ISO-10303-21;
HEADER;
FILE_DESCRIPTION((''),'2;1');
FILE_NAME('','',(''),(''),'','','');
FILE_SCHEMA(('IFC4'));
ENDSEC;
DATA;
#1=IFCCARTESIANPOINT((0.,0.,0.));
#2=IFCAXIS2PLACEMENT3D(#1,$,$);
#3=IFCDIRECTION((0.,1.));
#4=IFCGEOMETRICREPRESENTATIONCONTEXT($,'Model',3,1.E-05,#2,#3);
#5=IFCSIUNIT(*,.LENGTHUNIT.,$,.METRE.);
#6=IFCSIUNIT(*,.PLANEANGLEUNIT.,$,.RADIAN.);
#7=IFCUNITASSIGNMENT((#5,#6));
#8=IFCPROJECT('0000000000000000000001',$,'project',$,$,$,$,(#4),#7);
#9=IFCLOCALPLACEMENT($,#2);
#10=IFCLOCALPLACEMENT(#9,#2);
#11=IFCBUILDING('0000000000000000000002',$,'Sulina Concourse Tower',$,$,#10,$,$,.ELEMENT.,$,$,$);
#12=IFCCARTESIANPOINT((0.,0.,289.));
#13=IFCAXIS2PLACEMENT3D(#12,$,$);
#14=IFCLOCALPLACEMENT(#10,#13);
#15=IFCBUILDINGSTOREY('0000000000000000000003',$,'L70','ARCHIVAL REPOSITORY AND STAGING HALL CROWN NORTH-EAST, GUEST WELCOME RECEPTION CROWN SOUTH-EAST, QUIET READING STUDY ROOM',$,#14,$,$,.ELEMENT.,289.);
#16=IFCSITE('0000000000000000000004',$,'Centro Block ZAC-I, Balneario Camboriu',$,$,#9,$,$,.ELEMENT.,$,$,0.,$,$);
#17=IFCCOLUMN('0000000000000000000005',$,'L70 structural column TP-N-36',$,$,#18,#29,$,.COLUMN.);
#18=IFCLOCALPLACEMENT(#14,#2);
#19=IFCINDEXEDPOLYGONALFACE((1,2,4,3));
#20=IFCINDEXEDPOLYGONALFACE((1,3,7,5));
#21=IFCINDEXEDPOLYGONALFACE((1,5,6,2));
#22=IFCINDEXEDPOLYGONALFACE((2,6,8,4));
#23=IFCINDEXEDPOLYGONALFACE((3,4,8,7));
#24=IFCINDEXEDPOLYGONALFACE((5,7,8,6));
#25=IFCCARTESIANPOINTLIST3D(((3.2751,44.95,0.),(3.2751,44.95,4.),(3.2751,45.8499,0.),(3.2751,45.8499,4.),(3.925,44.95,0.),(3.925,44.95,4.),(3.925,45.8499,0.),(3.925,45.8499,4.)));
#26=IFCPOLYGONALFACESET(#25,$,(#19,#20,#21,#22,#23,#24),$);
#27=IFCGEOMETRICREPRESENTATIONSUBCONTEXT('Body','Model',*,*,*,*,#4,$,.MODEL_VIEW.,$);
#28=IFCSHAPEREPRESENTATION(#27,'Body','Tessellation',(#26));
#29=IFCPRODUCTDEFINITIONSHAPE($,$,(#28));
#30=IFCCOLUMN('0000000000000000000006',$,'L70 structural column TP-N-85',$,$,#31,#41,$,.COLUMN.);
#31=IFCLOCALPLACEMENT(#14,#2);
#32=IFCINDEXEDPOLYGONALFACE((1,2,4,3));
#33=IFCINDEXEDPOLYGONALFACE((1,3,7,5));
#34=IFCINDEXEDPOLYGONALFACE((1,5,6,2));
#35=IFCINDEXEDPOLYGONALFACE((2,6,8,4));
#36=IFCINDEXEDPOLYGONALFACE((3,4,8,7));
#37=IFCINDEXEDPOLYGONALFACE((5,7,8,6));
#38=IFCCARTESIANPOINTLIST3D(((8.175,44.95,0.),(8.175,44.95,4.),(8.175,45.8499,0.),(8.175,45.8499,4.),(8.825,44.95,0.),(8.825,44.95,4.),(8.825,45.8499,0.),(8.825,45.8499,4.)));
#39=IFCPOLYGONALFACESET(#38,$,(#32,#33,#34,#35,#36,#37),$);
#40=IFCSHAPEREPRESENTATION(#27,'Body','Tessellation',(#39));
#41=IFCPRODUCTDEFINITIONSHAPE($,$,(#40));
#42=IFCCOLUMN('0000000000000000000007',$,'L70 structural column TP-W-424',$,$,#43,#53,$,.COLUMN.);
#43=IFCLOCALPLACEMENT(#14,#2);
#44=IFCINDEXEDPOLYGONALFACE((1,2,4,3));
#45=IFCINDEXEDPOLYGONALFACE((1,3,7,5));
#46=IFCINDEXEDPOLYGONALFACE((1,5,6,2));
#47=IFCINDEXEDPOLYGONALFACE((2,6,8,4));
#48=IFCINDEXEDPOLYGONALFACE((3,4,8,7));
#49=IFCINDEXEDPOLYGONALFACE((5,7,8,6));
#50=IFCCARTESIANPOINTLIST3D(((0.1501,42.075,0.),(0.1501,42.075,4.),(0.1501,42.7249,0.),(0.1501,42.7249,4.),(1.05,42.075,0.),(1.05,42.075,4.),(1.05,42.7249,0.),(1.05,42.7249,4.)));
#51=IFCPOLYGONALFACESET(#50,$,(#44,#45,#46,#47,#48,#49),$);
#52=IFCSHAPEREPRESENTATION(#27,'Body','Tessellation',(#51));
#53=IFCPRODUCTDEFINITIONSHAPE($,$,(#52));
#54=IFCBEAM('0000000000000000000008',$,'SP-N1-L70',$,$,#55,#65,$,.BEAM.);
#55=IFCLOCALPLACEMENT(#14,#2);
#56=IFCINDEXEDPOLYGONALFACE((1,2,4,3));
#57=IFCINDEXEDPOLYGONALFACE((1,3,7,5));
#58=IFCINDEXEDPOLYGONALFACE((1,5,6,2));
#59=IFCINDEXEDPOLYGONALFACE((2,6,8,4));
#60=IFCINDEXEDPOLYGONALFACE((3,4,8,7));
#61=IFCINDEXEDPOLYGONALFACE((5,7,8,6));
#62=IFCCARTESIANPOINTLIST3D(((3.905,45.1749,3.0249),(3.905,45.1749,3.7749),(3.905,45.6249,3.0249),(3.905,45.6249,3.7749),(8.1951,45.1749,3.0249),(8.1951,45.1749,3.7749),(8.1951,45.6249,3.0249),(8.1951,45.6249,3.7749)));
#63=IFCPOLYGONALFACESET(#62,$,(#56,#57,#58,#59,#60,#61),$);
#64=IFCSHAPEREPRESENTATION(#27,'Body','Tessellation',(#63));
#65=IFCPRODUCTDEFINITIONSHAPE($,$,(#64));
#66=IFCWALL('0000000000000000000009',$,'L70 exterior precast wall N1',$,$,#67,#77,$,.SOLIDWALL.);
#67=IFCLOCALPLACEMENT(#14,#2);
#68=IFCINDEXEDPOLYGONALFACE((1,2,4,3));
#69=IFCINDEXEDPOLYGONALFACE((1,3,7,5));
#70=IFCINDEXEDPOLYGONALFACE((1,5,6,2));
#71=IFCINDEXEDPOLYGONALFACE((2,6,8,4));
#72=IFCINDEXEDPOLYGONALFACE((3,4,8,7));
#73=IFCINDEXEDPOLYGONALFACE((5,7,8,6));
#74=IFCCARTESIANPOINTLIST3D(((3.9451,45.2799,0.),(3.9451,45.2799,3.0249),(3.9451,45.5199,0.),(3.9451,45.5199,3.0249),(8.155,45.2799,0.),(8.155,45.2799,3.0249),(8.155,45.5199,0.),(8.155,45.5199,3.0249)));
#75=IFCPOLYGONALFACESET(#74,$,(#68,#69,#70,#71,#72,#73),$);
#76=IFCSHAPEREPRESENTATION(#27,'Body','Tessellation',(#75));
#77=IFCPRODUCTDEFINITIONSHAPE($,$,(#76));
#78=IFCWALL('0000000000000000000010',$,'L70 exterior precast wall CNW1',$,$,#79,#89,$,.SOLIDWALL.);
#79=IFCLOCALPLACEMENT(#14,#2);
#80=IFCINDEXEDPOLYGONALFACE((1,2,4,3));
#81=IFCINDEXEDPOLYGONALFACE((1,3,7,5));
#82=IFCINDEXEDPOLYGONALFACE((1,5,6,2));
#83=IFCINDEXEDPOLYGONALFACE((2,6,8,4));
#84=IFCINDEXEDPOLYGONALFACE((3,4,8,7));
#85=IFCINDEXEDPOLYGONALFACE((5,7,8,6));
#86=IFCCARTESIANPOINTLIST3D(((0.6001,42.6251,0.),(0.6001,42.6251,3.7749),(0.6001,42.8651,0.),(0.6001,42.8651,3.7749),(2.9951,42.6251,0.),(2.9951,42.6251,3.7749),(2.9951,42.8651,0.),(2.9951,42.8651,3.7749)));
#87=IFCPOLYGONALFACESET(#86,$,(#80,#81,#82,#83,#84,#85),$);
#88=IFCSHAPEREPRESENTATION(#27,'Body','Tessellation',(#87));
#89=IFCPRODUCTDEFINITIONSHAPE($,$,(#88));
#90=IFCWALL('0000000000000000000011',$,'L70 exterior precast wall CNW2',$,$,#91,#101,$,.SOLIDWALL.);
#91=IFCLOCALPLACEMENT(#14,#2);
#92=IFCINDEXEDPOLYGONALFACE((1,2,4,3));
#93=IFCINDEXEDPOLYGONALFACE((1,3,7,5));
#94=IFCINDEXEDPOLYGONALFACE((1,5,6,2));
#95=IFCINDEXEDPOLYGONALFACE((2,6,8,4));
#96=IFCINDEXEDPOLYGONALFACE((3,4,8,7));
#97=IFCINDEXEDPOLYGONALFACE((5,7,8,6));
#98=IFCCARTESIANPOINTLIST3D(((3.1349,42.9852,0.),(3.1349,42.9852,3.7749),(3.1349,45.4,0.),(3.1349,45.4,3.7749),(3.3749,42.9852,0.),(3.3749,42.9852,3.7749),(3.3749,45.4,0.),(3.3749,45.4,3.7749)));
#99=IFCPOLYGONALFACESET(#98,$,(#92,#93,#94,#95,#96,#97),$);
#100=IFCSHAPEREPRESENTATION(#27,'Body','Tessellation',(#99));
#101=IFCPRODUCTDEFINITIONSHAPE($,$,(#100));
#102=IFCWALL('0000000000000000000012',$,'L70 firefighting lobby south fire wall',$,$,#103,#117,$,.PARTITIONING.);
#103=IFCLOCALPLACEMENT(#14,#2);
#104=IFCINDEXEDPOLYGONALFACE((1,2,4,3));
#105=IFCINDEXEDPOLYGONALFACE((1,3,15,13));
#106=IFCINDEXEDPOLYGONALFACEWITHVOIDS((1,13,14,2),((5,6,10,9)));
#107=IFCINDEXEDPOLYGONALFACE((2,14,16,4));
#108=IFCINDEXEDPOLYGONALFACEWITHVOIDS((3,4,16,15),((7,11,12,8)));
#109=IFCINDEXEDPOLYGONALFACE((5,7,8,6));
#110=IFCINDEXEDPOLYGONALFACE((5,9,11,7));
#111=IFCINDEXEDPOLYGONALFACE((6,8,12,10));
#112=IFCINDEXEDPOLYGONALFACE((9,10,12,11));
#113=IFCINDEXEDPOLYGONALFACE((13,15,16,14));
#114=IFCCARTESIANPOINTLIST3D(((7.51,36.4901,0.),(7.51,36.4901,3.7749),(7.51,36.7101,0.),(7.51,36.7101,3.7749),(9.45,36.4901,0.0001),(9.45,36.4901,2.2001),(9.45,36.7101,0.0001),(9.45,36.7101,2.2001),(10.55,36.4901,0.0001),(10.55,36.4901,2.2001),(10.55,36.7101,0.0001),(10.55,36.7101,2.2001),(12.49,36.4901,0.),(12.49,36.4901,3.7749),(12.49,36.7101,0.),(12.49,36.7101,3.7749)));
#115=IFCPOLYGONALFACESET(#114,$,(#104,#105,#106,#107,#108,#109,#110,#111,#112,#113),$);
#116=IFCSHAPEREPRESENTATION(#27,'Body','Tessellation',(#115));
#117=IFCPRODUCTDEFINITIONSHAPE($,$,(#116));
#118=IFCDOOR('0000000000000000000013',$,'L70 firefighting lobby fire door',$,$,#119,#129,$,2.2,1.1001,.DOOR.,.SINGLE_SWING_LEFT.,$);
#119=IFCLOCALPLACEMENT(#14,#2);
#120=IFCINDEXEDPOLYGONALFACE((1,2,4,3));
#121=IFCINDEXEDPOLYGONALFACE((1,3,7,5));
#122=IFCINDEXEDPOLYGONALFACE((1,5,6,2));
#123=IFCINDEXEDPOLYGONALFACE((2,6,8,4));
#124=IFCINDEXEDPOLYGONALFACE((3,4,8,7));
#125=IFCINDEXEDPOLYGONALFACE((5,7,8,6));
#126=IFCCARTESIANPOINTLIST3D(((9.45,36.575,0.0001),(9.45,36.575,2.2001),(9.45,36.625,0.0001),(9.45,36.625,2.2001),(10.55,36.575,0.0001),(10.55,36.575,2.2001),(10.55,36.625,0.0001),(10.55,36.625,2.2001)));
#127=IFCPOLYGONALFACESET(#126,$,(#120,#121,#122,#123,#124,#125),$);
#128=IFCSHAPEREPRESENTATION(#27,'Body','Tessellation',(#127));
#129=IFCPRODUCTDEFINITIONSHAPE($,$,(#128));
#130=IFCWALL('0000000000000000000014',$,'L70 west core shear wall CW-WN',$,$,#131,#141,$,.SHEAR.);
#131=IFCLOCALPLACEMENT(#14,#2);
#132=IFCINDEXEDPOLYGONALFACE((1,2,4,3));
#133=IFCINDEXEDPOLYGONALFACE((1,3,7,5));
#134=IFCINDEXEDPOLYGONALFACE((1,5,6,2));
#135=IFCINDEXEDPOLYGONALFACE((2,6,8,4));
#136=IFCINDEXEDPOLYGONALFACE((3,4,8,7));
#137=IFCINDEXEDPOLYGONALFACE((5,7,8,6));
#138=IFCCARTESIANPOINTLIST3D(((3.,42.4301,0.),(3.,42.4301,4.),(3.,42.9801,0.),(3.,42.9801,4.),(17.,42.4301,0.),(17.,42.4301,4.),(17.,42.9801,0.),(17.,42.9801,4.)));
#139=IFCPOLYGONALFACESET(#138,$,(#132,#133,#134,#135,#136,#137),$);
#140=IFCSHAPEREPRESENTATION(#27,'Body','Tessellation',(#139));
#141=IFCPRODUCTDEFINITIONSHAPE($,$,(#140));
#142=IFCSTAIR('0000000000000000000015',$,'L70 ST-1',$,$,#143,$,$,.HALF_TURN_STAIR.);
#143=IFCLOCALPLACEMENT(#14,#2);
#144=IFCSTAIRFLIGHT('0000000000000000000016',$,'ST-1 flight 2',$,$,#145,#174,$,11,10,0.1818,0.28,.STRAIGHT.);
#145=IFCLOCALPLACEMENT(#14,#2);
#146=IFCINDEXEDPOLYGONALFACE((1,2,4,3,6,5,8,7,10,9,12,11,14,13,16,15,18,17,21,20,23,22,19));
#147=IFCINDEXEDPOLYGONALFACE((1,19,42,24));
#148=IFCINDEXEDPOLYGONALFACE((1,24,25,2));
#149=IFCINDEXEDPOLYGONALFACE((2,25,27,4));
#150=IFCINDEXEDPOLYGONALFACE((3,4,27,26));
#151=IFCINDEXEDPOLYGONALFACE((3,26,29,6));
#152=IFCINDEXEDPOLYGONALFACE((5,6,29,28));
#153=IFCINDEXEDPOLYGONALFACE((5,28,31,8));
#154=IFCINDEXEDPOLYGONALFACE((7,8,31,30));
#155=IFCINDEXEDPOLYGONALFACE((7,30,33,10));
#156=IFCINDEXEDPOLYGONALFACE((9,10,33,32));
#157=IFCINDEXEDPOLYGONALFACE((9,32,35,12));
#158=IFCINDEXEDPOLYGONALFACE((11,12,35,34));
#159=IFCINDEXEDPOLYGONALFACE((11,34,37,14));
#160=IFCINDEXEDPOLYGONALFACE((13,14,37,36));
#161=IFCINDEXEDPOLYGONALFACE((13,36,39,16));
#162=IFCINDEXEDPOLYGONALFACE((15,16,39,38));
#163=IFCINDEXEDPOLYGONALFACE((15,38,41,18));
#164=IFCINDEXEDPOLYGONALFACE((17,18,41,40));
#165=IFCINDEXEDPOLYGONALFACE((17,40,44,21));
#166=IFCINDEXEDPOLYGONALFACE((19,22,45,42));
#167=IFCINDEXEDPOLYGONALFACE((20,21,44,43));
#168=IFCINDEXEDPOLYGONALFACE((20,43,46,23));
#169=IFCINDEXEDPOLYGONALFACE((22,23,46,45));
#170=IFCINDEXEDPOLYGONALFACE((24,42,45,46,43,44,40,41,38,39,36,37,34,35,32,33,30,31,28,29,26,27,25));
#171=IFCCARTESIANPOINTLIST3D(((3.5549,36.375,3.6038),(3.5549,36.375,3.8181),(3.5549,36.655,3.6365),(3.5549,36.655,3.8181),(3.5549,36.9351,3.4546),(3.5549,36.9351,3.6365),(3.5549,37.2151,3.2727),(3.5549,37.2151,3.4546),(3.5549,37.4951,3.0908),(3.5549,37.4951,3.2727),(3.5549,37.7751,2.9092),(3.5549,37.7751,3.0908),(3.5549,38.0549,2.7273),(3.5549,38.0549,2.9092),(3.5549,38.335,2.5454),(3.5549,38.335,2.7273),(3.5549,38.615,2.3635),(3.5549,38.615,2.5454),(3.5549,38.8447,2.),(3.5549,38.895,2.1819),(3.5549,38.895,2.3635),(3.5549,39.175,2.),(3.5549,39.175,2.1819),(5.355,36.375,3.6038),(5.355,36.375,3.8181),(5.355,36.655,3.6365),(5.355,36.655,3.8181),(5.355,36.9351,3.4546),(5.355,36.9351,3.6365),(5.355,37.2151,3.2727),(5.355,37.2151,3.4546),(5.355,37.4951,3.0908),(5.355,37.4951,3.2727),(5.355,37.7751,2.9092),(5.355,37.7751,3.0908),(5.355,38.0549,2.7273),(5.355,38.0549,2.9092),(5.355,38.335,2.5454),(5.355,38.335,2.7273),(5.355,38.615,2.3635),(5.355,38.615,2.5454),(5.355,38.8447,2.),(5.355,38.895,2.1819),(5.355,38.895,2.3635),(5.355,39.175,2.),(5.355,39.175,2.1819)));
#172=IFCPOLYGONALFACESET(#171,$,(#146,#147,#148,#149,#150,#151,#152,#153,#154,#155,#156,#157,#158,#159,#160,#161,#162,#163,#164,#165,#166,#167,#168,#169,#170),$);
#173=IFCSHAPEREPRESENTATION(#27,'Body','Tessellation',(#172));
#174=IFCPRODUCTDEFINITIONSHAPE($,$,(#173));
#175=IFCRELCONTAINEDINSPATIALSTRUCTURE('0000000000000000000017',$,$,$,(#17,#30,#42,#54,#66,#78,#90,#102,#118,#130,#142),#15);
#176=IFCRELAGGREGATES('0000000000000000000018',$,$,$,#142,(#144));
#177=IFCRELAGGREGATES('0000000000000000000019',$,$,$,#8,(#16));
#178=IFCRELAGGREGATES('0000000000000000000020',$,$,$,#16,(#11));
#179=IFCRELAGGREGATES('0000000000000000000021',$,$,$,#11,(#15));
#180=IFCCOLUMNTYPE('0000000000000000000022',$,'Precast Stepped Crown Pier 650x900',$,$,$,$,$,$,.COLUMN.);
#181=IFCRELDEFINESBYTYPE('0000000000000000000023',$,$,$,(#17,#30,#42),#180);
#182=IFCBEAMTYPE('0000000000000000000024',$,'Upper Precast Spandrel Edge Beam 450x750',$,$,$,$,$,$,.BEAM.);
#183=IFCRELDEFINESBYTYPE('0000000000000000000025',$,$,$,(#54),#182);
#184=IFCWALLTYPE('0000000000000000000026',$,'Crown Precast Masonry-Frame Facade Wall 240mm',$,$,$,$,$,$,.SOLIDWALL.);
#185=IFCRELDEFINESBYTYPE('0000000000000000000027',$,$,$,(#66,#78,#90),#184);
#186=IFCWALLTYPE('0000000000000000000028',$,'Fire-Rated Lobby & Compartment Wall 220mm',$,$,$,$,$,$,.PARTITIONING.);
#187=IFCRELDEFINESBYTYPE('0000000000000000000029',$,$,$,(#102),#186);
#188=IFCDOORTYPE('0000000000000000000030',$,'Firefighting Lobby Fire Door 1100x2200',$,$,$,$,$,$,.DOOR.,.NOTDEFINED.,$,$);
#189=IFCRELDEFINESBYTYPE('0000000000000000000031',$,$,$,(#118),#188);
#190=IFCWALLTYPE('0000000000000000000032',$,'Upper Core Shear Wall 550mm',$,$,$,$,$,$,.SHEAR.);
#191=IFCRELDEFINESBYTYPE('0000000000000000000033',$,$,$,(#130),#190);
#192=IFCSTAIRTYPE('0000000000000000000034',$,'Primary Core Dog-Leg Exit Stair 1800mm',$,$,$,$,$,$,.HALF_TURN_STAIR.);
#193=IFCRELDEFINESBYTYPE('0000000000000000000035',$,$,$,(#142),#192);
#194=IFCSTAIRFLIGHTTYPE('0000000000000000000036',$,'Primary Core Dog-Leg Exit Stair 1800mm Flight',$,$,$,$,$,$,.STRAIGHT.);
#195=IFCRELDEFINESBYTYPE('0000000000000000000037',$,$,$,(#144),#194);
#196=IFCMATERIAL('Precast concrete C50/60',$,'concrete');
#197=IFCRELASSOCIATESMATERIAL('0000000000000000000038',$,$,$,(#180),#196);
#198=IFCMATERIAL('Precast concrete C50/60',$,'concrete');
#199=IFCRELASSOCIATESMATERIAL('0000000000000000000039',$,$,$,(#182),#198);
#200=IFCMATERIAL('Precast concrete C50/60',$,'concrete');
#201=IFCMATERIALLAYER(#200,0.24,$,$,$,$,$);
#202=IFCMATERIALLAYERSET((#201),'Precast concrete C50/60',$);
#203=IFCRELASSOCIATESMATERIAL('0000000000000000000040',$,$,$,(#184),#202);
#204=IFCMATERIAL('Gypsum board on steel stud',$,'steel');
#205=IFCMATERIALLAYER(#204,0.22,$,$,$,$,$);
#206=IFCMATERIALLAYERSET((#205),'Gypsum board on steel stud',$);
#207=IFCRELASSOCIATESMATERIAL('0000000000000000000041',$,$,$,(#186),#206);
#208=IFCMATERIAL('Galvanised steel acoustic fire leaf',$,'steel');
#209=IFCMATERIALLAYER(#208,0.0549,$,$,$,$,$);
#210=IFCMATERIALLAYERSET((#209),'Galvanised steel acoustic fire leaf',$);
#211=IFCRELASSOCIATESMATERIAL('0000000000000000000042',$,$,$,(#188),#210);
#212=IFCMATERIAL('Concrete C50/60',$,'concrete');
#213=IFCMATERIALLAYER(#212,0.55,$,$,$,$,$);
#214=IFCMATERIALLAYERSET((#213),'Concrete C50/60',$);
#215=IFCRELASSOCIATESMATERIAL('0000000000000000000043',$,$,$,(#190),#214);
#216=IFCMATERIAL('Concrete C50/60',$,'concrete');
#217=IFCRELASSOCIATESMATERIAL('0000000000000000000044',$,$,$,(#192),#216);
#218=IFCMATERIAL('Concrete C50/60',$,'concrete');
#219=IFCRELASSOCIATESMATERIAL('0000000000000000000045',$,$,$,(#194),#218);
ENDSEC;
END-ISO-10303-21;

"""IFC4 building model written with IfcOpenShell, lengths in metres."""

from ifc_helpers import new_model, si_unit, direction, frame, frame_2d, origin, origin_2d, place, context, subcontext, project, spatial, polyline, rectangle, outline, extrude, material, layer, layer_set, material_profile, profile_set, type_object, element, fill, aggregate, save


model = new_model("IFC4")

# Units and contexts
model_context = context("Model", 3, precision=1e-05, world=origin(), true_north=direction((0.0, 1.0)))
body_context = subcontext(model_context, "Body", "Model", "MODEL_VIEW")
ifc_project = project(units=[si_unit("LENGTHUNIT", "METRE"), si_unit("PLANEANGLEUNIT", "RADIAN")], contexts=[model_context])

# Site, building, storey
site_placement = place(None, origin())
site = spatial("IfcSite", under=ifc_project, at=site_placement, Name="Centro Block ZAC-I, Balneario Camboriu", CompositionType="ELEMENT", RefElevation=0.0)
building_placement = place(site_placement, origin())
building = spatial("IfcBuilding", under=site, at=building_placement, Name="Sulina Concourse Tower", CompositionType="ELEMENT")
storey_placement = place(building_placement, frame((0.0, 0.0, 289.0)))
storey = spatial("IfcBuildingStorey", under=building, at=storey_placement, Name="L70", Description="ARCHIVAL REPOSITORY AND STAGING HALL CROWN NORTH-EAST, GUEST WELCOME RECEPTION CROWN SOUTH-EAST, QUIET READING STUDY ROOM", CompositionType="ELEMENT", Elevation=289.0)

# Columns
ifc_material_1 = material(Name="Precast concrete C50/60", Category="concrete")
ifc_material_profile_1 = material_profile(ifc_material_1, rectangle(XDim=0.6499, YDim=0.8999, at=origin_2d()), Name="PC 650x900")
ifc_profile_set_1 = profile_set([ifc_material_profile_1], Name="Precast concrete C50/60")
column_type = type_object("IfcColumnType", Name="Precast Stepped Crown Pier 650x900", PredefinedType="COLUMN", material=ifc_profile_set_1)
for number, where, z_axis, x_axis, name in (
    (1, (3.6001, 45.3999, 0.0), (0.0, 0.0, 1.0), (1.0, 0.0, 0.0), "L70 structural column TP-N-36"),
    (2, (8.5, 45.3999, 0.0), (0.0, 0.0, 1.0), (1.0, 0.0, 0.0), "L70 structural column TP-N-85"),
    (3, (0.6001, 42.3999, 0.0), (0.0, 0.0, 1.0), (0.0, 1.0, 0.0), "L70 structural column TP-W-424"),
):
    element("IfcColumn", number, at=place(storey_placement, frame(where, z_axis=z_axis, x_axis=x_axis)), inside=storey, type_object=column_type, Name=name, PredefinedType="COLUMN", context=body_context, shape_type="SweptSolid", body=[
        extrude(rectangle(XDim=0.6499, YDim=0.8999, at=origin_2d()), origin(), (0.0, 0.0, 1.0), 4.0),
    ])

# Beam
ifc_material_2 = material(Name="Precast concrete C50/60", Category="concrete")
ifc_material_profile_2 = material_profile(ifc_material_2, rectangle(XDim=0.45, YDim=0.75, at=origin_2d()), Name="RC 450x750")
ifc_profile_set_2 = profile_set([ifc_material_profile_2], Name="Precast concrete C50/60")
beam_type = type_object("IfcBeamType", Name="Upper Precast Spandrel Edge Beam 450x750", PredefinedType="BEAM", material=ifc_profile_set_2)
beam_placement = place(storey_placement, frame((3.905, 45.3999, 3.3999), z_axis=(1.0, 0.0, 0.0), x_axis=(0.0, 1.0, 0.0)))
element("IfcBeam", 4, at=beam_placement, inside=storey, type_object=beam_type, Name="SP-N1-L70", PredefinedType="BEAM", context=body_context, shape_type="SweptSolid", body=[
    extrude(rectangle(XDim=0.45, YDim=0.75, at=origin_2d()), origin(), (0.0, 0.0, 1.0), 4.29),
])

# Walls
ifc_material_3 = material(Name="Precast concrete C50/60", Category="concrete")
ifc_layer_1 = layer(ifc_material_3, 0.24)
ifc_layer_set_1 = layer_set([ifc_layer_1], Name="Precast concrete C50/60")
wall_type_1 = type_object("IfcWallType", Name="Crown Precast Masonry-Frame Facade Wall 240mm", PredefinedType="SOLIDWALL", material=ifc_layer_set_1)
wall_1_placement = place(storey_placement, frame((3.9451, 45.3999, 0.0), z_axis=(0.0, 0.0, 1.0), x_axis=(1.0, 0.0, 0.0)))
element("IfcWall", 5, at=wall_1_placement, inside=storey, type_object=wall_type_1, Name="L70 exterior precast wall N1", PredefinedType="SOLIDWALL", context=body_context, shape_type="SweptSolid", body=[
    extrude(rectangle(XDim=4.21, YDim=0.24, at=frame_2d((2.105, 0.0))), origin(), (0.0, 0.0, 1.0), 3.0249),
])
wall_2_placement = place(storey_placement, frame((0.6001, 42.7451, 0.0), z_axis=(0.0, 0.0, 1.0), x_axis=(1.0, 0.0, 0.0)))
element("IfcWall", 6, at=wall_2_placement, inside=storey, type_object=wall_type_1, Name="L70 exterior precast wall CNW1", PredefinedType="SOLIDWALL", context=body_context, shape_type="SweptSolid", body=[
    extrude(rectangle(XDim=2.395, YDim=0.24, at=frame_2d((1.1975, 0.0))), origin(), (0.0, 0.0, 1.0), 3.7749),
])
wall_3_placement = place(storey_placement, frame((3.2549, 42.9851, 0.0), z_axis=(0.0, 0.0, 1.0), x_axis=(0.0, 1.0, 0.0)))
element("IfcWall", 7, at=wall_3_placement, inside=storey, type_object=wall_type_1, Name="L70 exterior precast wall CNW2", PredefinedType="SOLIDWALL", context=body_context, shape_type="SweptSolid", body=[
    extrude(rectangle(XDim=2.4148, YDim=0.24, at=frame_2d((1.2075, 0.0))), origin(), (0.0, 0.0, 1.0), 3.7749),
])

# Wall, opening, door
ifc_material_4 = material(Name="Gypsum board on steel stud", Category="steel")
ifc_layer_2 = layer(ifc_material_4, 0.22)
ifc_layer_set_2 = layer_set([ifc_layer_2], Name="Gypsum board on steel stud")
wall_type_2 = type_object("IfcWallType", Name="Fire-Rated Lobby & Compartment Wall 220mm", PredefinedType="PARTITIONING", material=ifc_layer_set_2)
wall_4_placement = place(storey_placement, frame((7.51, 36.6001, 0.0), z_axis=(0.0, 0.0, 1.0), x_axis=(1.0, 0.0, 0.0)))
wall_4 = element("IfcWall", 8, at=wall_4_placement, inside=storey, type_object=wall_type_2, Name="L70 firefighting lobby south fire wall", PredefinedType="PARTITIONING", context=body_context, shape_type="SweptSolid", body=[
    extrude(rectangle(XDim=4.98, YDim=0.22, at=frame_2d((2.49, 0.0))), origin(), (0.0, 0.0, 1.0), 3.7749),
])
opening_placement = place(wall_4_placement, frame((1.9399, 0.0, 0.0)))
opening = element("IfcOpeningElement", 9, at=opening_placement, cuts=wall_4, PredefinedType="OPENING", context=body_context, shape_type="SweptSolid", body=[
    extrude(rectangle(XDim=1.1001, YDim=2.2, at=frame_2d((0.55, 1.1001))), frame((0.0, 0.1199, 0.0), z_axis=(0.0, -1.0, 0.0), x_axis=(1.0, 0.0, 0.0)), (0.0, 0.0, 1.0), 0.24),
])
ifc_material_5 = material(Name="Galvanised steel acoustic fire leaf", Category="steel")
ifc_layer_3 = layer(ifc_material_5, 0.0549)
ifc_layer_set_3 = layer_set([ifc_layer_3], Name="Galvanised steel acoustic fire leaf")
door_type = type_object("IfcDoorType", Name="Firefighting Lobby Fire Door 1100x2200", OperationType="NOTDEFINED", PredefinedType="DOOR", material=ifc_layer_set_3)
door_placement = place(opening_placement, origin())
door = element("IfcDoor", 10, at=door_placement, inside=storey, type_object=door_type, Name="L70 firefighting lobby fire door", OperationType="SINGLE_SWING_LEFT", OverallHeight=2.2, OverallWidth=1.1001, PredefinedType="DOOR", context=body_context, shape_type="SweptSolid", body=[
    extrude(rectangle(XDim=1.1001, YDim=2.2, at=frame_2d((0.55, 1.1001))), frame((0.0, 0.0249, 0.0), z_axis=(0.0, -1.0, 0.0), x_axis=(1.0, 0.0, 0.0)), (0.0, 0.0, 1.0), 0.05),
])
fill(opening, door)

# Wall
ifc_material_6 = material(Name="Concrete C50/60", Category="concrete")
ifc_layer_4 = layer(ifc_material_6, 0.55)
ifc_layer_set_4 = layer_set([ifc_layer_4], Name="Concrete C50/60")
wall_type_3 = type_object("IfcWallType", Name="Upper Core Shear Wall 550mm", PredefinedType="SHEAR", material=ifc_layer_set_4)
wall_5_placement = place(storey_placement, frame((3.0, 42.7051, 0.0), z_axis=(0.0, 0.0, 1.0), x_axis=(1.0, 0.0, 0.0)))
element("IfcWall", 11, at=wall_5_placement, inside=storey, type_object=wall_type_3, Name="L70 west core shear wall CW-WN", PredefinedType="SHEAR", context=body_context, shape_type="SweptSolid", body=[
    extrude(rectangle(XDim=14.0, YDim=0.55, at=frame_2d((7.0, 0.0))), origin(), (0.0, 0.0, 1.0), 4.0),
])

# Stair, stair flight
ifc_material_7 = material(Name="Concrete C50/60", Category="concrete")
stair_type = type_object("IfcStairType", Name="Primary Core Dog-Leg Exit Stair 1800mm", PredefinedType="HALF_TURN_STAIR", material=ifc_material_7)
stair_placement = place(storey_placement, origin())
stair = element("IfcStair", 12, at=stair_placement, inside=storey, type_object=stair_type, Name="L70 ST-1", PredefinedType="HALF_TURN_STAIR")
ifc_material_8 = material(Name="Concrete C50/60", Category="concrete")
stair_flight_type = type_object("IfcStairFlightType", Name="Primary Core Dog-Leg Exit Stair 1800mm Flight", PredefinedType="STRAIGHT", material=ifc_material_8)
stair_flight_placement = place(storey_placement, frame((4.4551, 39.175, 2.0), z_axis=(0.0, 0.0, 1.0), x_axis=(0.0, -1.0, 0.0)))
stair_flight = element("IfcStairFlight", 13, at=stair_flight_placement, type_object=stair_flight_type, Name="ST-1 flight 2", NumberOfRisers=11, NumberOfTreads=10, PredefinedType="STRAIGHT", RiserHeight=0.1818, TreadLength=0.28, context=body_context, shape_type="SweptSolid", body=[
    extrude(outline(polyline([(0.0, 0.0), (0.0, 0.1819), (0.28, 0.1819), (0.28, 0.3635), (0.5601, 0.3635), (0.5601, 0.5454), (0.8401, 0.5454), (0.8401, 0.7273), (1.1201, 0.7273), (1.1201, 0.9092), (1.3999, 0.9092), (1.3999, 1.0908), (1.6799, 1.0908), (1.6799, 1.2727), (1.96, 1.2727), (1.96, 1.4546), (2.24, 1.4546), (2.24, 1.6365), (2.52, 1.6365), (2.52, 1.8181), (2.8, 1.8181), (2.8, 2.0), (2.8, 1.6038), (0.3303, 0.0), (0.0, 0.0)])), frame((0.0, 0.8999, 0.0), z_axis=(0.0, -1.0, 0.0), x_axis=(1.0, 0.0, 0.0)), (0.0, 0.0, 1.0), 1.8),
])
aggregate(stair, [stair_flight])

save(model, "model.ifc")
